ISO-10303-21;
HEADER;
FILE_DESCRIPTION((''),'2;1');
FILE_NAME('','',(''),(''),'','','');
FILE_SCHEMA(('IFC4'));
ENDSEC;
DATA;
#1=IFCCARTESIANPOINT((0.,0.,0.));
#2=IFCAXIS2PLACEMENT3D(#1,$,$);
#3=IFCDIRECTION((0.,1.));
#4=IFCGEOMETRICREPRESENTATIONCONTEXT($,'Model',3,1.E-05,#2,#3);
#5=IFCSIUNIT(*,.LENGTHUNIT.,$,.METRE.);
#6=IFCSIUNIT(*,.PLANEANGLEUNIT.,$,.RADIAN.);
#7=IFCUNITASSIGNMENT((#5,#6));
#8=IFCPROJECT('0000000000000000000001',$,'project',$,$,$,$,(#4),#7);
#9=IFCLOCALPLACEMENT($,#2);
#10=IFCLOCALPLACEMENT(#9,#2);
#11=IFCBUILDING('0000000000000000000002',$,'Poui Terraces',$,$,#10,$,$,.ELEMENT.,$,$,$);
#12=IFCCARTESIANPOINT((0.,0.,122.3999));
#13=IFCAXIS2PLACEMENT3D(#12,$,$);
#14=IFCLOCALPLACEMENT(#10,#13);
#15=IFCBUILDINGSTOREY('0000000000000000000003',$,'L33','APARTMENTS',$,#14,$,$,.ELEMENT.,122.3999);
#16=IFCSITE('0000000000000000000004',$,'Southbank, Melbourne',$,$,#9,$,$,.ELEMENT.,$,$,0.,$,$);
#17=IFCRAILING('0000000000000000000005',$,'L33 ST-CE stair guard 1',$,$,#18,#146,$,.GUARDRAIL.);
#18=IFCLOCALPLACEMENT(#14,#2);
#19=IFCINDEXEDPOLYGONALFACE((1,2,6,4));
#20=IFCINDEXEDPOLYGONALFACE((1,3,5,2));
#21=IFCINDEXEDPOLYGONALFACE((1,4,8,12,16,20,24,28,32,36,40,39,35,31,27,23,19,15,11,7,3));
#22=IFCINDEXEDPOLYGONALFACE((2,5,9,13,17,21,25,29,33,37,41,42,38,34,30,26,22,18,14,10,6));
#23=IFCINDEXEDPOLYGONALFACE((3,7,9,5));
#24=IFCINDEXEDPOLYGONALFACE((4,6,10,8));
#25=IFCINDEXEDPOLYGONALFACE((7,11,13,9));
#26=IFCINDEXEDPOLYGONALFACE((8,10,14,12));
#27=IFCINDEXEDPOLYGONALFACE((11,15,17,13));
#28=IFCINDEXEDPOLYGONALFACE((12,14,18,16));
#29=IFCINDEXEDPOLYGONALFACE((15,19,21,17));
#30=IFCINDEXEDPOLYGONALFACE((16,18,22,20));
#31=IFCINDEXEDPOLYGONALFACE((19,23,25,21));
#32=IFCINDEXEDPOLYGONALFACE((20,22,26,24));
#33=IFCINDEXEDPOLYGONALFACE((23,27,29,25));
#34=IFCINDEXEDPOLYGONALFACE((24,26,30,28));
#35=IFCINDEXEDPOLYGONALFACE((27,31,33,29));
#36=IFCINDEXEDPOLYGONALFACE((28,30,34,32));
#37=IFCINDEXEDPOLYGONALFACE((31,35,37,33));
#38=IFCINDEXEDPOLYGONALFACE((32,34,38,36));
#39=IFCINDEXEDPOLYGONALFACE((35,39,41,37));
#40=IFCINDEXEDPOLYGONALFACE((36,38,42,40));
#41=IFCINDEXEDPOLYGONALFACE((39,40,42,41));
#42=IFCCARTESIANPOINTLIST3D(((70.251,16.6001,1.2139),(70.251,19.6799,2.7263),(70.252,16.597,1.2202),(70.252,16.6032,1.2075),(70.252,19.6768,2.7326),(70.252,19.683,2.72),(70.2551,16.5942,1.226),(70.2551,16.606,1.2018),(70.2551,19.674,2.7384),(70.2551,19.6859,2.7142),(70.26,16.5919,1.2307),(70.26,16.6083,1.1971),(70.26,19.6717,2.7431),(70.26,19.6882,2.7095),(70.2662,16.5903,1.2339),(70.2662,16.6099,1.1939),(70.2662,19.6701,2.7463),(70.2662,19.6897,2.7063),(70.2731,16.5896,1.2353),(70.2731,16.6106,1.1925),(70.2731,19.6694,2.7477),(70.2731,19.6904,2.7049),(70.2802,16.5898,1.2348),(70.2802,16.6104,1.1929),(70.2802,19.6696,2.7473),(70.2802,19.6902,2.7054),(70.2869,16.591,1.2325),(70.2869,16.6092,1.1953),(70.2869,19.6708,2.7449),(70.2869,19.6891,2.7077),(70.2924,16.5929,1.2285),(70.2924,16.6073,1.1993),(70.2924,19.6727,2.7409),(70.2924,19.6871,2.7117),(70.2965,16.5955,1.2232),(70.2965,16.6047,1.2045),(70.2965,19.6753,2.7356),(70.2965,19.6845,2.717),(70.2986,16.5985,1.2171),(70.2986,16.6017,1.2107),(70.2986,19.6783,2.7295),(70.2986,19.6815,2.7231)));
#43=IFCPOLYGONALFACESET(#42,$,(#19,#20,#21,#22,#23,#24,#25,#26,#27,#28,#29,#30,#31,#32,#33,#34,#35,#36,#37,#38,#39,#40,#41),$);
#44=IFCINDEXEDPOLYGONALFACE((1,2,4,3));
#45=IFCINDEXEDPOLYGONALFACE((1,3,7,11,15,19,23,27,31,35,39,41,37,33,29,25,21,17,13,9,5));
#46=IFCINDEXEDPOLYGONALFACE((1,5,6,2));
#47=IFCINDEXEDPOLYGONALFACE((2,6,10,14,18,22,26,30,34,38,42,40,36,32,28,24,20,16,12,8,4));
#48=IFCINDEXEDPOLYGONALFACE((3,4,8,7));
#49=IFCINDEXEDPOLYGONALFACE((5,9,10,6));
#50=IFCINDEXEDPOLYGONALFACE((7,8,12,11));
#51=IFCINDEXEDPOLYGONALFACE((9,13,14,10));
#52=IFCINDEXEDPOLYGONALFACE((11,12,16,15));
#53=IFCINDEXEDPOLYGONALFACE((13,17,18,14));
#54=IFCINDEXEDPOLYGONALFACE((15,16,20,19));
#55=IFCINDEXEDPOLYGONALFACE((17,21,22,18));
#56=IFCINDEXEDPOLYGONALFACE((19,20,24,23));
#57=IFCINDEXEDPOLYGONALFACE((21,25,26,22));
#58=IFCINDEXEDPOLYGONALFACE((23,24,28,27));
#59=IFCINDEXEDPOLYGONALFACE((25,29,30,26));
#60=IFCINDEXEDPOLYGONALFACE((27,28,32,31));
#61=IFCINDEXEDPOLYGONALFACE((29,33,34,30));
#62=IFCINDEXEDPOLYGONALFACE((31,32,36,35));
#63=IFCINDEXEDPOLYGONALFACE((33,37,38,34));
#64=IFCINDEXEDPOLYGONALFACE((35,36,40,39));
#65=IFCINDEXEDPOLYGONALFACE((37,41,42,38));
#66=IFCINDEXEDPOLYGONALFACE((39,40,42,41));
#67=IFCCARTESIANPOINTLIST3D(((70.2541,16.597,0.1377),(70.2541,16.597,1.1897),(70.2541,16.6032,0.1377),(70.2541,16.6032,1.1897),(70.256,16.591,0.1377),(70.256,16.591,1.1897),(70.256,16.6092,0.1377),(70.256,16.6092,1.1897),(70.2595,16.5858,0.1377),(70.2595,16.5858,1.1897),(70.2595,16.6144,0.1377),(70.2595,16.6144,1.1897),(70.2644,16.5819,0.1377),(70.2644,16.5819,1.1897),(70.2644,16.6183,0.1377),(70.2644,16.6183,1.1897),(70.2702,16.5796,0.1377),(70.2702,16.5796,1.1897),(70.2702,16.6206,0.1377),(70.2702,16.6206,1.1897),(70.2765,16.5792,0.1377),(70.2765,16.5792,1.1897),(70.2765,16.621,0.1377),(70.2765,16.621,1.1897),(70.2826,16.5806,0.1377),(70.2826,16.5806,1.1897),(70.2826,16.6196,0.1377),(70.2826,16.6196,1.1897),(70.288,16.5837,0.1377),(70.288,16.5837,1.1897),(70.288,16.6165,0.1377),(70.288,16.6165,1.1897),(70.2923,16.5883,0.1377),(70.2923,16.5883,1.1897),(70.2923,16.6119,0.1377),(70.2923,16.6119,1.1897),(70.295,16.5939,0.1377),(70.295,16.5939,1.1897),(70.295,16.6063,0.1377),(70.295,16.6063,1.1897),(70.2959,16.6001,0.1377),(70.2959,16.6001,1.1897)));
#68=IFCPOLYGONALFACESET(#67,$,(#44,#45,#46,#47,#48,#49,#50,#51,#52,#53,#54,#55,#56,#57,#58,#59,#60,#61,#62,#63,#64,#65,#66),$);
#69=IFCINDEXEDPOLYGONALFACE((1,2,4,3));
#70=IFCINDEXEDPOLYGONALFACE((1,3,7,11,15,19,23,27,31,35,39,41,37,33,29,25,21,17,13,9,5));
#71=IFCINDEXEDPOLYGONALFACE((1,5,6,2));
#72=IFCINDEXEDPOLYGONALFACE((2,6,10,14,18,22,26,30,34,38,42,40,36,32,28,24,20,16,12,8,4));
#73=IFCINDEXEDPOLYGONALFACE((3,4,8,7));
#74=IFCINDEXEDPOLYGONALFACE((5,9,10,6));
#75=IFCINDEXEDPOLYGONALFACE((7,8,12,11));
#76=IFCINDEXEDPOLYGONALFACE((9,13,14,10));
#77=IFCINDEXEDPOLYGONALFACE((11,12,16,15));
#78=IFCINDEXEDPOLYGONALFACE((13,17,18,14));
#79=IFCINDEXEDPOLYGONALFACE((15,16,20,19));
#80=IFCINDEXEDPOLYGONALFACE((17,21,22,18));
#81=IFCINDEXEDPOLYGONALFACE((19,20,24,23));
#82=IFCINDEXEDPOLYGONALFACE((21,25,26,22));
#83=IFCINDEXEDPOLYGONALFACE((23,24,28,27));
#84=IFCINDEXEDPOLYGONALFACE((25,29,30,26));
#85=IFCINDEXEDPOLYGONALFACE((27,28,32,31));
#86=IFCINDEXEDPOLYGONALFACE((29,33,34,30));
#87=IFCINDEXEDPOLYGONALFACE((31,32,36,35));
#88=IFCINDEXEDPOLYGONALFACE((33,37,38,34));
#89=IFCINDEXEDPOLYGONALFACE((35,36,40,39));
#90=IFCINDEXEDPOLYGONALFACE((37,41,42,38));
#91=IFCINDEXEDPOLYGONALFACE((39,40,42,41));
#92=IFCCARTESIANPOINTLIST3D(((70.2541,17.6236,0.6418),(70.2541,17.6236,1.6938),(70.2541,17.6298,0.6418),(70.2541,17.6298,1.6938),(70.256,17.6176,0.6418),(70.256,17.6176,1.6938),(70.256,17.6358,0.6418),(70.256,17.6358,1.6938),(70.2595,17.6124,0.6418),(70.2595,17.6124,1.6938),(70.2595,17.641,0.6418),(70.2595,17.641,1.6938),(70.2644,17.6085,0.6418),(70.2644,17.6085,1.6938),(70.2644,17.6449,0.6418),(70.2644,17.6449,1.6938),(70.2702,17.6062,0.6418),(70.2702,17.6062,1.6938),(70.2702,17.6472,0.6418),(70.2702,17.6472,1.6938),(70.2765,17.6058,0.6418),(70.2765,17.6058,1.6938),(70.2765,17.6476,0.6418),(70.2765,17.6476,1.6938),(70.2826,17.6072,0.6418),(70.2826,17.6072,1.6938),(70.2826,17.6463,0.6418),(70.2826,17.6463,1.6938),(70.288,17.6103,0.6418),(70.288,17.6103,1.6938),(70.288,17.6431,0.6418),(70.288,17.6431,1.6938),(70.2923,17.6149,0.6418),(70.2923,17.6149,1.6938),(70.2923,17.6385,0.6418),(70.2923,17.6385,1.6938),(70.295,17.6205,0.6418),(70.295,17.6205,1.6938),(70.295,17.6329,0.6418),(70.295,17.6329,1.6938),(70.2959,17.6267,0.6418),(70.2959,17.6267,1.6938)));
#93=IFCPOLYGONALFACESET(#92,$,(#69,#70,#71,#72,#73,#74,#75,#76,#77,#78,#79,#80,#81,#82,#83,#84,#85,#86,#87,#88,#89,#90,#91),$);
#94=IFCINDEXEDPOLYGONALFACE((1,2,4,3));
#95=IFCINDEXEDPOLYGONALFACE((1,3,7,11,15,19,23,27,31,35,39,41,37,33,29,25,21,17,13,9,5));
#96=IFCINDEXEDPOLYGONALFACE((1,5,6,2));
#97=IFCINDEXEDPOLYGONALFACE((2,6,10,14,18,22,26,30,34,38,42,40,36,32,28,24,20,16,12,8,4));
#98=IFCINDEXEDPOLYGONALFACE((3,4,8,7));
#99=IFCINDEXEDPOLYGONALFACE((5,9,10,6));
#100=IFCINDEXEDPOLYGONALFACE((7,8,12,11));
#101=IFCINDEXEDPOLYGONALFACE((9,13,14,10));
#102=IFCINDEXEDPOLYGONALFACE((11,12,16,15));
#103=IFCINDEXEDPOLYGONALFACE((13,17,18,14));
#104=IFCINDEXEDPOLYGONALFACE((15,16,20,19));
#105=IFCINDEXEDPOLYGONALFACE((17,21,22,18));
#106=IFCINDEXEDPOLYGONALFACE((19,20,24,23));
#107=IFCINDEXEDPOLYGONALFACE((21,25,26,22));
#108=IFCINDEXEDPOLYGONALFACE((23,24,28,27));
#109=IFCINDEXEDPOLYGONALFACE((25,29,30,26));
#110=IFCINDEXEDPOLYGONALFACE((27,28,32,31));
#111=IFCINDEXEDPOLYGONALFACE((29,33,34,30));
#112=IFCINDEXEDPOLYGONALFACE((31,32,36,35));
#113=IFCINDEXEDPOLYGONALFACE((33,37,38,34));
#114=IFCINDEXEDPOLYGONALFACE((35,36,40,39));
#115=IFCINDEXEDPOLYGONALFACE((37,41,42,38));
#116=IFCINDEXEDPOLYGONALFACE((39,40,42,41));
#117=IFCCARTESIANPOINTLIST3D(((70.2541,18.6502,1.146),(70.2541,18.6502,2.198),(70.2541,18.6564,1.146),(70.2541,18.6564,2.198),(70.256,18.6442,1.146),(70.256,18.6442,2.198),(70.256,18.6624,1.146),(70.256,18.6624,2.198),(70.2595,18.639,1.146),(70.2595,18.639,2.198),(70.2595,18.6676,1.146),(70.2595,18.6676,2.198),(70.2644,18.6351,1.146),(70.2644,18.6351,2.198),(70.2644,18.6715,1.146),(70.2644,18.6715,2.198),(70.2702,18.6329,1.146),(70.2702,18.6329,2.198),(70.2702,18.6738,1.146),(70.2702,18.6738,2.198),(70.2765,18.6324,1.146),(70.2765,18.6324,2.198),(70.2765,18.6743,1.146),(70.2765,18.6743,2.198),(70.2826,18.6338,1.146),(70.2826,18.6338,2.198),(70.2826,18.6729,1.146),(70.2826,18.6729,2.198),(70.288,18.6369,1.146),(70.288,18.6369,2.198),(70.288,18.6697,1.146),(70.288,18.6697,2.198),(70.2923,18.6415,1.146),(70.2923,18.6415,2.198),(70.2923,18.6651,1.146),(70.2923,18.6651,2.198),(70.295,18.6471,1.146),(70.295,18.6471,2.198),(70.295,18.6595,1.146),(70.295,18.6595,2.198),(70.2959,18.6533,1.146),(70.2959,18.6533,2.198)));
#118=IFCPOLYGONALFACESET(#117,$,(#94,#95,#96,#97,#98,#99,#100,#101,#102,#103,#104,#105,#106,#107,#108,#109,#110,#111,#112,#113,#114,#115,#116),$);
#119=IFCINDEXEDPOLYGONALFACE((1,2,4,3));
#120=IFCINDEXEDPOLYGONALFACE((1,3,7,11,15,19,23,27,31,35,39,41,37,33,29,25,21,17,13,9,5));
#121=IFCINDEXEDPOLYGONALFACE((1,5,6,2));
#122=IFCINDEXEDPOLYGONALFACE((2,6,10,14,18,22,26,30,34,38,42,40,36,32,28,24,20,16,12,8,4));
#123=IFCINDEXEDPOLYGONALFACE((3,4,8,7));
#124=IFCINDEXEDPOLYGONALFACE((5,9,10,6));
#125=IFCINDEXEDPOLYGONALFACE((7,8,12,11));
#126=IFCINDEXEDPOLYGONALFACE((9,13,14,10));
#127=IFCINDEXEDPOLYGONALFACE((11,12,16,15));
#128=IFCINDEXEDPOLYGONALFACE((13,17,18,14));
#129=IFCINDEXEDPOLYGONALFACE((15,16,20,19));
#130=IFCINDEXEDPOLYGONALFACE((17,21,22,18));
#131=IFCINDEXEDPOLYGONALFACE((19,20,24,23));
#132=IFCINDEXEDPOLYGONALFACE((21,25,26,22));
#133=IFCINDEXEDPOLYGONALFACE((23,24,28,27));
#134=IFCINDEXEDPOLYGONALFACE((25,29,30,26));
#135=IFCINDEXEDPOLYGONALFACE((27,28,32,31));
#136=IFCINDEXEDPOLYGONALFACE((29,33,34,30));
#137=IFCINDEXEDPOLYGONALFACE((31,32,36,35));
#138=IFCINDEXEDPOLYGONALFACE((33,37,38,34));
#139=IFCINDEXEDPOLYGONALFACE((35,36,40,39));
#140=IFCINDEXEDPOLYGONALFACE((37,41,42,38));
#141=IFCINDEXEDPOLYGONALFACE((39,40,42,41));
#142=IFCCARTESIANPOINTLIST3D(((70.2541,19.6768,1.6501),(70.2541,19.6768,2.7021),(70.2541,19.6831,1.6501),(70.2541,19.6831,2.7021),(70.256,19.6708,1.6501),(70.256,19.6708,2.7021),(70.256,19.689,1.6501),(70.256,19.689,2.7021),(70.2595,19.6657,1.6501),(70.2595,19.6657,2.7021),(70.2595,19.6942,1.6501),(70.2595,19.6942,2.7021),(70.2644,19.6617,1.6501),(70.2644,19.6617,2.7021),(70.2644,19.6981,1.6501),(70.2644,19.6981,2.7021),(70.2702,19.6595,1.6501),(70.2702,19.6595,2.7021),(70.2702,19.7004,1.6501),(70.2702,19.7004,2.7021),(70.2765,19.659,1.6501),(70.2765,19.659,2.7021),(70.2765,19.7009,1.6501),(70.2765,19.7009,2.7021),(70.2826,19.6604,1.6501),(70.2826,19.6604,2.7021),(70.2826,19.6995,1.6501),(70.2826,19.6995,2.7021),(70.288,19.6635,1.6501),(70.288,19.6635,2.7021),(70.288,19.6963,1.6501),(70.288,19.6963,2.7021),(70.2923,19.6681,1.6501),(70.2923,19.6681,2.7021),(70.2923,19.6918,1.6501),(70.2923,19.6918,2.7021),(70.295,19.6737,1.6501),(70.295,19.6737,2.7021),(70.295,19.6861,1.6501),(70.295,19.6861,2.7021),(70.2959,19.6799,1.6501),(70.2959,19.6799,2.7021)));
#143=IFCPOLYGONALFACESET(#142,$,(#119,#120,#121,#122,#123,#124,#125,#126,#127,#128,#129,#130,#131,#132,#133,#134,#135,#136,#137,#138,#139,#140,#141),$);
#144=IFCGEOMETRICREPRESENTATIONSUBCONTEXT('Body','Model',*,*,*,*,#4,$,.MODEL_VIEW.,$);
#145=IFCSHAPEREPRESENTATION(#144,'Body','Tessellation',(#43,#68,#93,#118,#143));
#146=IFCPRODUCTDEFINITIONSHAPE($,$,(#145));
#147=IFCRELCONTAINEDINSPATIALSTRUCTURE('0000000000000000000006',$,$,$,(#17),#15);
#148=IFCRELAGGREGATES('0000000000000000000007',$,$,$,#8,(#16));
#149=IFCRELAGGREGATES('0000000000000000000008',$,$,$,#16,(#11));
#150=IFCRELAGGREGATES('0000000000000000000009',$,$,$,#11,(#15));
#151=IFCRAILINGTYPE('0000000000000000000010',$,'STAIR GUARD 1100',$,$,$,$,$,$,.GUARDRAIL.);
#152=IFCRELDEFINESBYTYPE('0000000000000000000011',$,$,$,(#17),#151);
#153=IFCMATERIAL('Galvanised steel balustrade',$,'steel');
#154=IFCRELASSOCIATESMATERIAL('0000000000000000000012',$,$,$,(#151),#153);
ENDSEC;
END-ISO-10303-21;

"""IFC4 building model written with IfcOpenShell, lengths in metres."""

from ifc_helpers import new_model, si_unit, direction, frame, origin, origin_2d, place, context, subcontext, project, spatial, circle, extrude, material, type_object, element, save


model = new_model("IFC4")

# Units and contexts
model_context = context("Model", 3, precision=1e-05, world=origin(), true_north=direction((0.0, 1.0)))
body_context = subcontext(model_context, "Body", "Model", "MODEL_VIEW")
ifc_project = project(units=[si_unit("LENGTHUNIT", "METRE"), si_unit("PLANEANGLEUNIT", "RADIAN")], contexts=[model_context])

# Site, building, storey
site_placement = place(None, origin())
site = spatial("IfcSite", under=ifc_project, at=site_placement, Name="Southbank, Melbourne", CompositionType="ELEMENT", RefElevation=0.0)
building_placement = place(site_placement, origin())
building = spatial("IfcBuilding", under=site, at=building_placement, Name="Poui Terraces", CompositionType="ELEMENT")
storey_placement = place(building_placement, frame((0.0, 0.0, 122.3999)))
storey = spatial("IfcBuildingStorey", under=building, at=storey_placement, Name="L33", Description="APARTMENTS", CompositionType="ELEMENT", Elevation=122.3999)

# Railing
ifc_material_1 = material(Name="Galvanised steel balustrade", Category="steel")
railing_type_1 = type_object("IfcRailingType", Name="STAIR GUARD 1100", PredefinedType="GUARDRAIL", material=ifc_material_1)
railing_1_placement = place(storey_placement, frame((70.2749, 16.6001, 0.1377)))
element("IfcRailing", 1, at=railing_1_placement, inside=storey, type_object=railing_type_1, Name="L33 ST-CE stair guard 1", PredefinedType="GUARDRAIL", context=body_context, shape_type="SweptSolid", body=[
    extrude(circle(Radius=0.0239, at=origin_2d()), frame((0.0, 0.0, 1.0762), z_axis=(0.0, 0.897606, 0.440798), x_axis=(-1.0, 0.0, 0.0)), (0.0, 0.0, 1.0), 3.4312),
    extrude(circle(Radius=0.021, at=origin_2d()), origin(), (0.0, 0.0, 1.0), 1.052),
    extrude(circle(Radius=0.021, at=origin_2d()), frame((0.0, 1.0266, 0.5042)), (0.0, 0.0, 1.0), 1.052),
    extrude(circle(Radius=0.021, at=origin_2d()), frame((0.0, 2.0532, 1.0083)), (0.0, 0.0, 1.0), 1.052),
    extrude(circle(Radius=0.021, at=origin_2d()), frame((0.0, 3.0798, 1.5125)), (0.0, 0.0, 1.0), 1.052),
])

save(model, "model.ifc")
